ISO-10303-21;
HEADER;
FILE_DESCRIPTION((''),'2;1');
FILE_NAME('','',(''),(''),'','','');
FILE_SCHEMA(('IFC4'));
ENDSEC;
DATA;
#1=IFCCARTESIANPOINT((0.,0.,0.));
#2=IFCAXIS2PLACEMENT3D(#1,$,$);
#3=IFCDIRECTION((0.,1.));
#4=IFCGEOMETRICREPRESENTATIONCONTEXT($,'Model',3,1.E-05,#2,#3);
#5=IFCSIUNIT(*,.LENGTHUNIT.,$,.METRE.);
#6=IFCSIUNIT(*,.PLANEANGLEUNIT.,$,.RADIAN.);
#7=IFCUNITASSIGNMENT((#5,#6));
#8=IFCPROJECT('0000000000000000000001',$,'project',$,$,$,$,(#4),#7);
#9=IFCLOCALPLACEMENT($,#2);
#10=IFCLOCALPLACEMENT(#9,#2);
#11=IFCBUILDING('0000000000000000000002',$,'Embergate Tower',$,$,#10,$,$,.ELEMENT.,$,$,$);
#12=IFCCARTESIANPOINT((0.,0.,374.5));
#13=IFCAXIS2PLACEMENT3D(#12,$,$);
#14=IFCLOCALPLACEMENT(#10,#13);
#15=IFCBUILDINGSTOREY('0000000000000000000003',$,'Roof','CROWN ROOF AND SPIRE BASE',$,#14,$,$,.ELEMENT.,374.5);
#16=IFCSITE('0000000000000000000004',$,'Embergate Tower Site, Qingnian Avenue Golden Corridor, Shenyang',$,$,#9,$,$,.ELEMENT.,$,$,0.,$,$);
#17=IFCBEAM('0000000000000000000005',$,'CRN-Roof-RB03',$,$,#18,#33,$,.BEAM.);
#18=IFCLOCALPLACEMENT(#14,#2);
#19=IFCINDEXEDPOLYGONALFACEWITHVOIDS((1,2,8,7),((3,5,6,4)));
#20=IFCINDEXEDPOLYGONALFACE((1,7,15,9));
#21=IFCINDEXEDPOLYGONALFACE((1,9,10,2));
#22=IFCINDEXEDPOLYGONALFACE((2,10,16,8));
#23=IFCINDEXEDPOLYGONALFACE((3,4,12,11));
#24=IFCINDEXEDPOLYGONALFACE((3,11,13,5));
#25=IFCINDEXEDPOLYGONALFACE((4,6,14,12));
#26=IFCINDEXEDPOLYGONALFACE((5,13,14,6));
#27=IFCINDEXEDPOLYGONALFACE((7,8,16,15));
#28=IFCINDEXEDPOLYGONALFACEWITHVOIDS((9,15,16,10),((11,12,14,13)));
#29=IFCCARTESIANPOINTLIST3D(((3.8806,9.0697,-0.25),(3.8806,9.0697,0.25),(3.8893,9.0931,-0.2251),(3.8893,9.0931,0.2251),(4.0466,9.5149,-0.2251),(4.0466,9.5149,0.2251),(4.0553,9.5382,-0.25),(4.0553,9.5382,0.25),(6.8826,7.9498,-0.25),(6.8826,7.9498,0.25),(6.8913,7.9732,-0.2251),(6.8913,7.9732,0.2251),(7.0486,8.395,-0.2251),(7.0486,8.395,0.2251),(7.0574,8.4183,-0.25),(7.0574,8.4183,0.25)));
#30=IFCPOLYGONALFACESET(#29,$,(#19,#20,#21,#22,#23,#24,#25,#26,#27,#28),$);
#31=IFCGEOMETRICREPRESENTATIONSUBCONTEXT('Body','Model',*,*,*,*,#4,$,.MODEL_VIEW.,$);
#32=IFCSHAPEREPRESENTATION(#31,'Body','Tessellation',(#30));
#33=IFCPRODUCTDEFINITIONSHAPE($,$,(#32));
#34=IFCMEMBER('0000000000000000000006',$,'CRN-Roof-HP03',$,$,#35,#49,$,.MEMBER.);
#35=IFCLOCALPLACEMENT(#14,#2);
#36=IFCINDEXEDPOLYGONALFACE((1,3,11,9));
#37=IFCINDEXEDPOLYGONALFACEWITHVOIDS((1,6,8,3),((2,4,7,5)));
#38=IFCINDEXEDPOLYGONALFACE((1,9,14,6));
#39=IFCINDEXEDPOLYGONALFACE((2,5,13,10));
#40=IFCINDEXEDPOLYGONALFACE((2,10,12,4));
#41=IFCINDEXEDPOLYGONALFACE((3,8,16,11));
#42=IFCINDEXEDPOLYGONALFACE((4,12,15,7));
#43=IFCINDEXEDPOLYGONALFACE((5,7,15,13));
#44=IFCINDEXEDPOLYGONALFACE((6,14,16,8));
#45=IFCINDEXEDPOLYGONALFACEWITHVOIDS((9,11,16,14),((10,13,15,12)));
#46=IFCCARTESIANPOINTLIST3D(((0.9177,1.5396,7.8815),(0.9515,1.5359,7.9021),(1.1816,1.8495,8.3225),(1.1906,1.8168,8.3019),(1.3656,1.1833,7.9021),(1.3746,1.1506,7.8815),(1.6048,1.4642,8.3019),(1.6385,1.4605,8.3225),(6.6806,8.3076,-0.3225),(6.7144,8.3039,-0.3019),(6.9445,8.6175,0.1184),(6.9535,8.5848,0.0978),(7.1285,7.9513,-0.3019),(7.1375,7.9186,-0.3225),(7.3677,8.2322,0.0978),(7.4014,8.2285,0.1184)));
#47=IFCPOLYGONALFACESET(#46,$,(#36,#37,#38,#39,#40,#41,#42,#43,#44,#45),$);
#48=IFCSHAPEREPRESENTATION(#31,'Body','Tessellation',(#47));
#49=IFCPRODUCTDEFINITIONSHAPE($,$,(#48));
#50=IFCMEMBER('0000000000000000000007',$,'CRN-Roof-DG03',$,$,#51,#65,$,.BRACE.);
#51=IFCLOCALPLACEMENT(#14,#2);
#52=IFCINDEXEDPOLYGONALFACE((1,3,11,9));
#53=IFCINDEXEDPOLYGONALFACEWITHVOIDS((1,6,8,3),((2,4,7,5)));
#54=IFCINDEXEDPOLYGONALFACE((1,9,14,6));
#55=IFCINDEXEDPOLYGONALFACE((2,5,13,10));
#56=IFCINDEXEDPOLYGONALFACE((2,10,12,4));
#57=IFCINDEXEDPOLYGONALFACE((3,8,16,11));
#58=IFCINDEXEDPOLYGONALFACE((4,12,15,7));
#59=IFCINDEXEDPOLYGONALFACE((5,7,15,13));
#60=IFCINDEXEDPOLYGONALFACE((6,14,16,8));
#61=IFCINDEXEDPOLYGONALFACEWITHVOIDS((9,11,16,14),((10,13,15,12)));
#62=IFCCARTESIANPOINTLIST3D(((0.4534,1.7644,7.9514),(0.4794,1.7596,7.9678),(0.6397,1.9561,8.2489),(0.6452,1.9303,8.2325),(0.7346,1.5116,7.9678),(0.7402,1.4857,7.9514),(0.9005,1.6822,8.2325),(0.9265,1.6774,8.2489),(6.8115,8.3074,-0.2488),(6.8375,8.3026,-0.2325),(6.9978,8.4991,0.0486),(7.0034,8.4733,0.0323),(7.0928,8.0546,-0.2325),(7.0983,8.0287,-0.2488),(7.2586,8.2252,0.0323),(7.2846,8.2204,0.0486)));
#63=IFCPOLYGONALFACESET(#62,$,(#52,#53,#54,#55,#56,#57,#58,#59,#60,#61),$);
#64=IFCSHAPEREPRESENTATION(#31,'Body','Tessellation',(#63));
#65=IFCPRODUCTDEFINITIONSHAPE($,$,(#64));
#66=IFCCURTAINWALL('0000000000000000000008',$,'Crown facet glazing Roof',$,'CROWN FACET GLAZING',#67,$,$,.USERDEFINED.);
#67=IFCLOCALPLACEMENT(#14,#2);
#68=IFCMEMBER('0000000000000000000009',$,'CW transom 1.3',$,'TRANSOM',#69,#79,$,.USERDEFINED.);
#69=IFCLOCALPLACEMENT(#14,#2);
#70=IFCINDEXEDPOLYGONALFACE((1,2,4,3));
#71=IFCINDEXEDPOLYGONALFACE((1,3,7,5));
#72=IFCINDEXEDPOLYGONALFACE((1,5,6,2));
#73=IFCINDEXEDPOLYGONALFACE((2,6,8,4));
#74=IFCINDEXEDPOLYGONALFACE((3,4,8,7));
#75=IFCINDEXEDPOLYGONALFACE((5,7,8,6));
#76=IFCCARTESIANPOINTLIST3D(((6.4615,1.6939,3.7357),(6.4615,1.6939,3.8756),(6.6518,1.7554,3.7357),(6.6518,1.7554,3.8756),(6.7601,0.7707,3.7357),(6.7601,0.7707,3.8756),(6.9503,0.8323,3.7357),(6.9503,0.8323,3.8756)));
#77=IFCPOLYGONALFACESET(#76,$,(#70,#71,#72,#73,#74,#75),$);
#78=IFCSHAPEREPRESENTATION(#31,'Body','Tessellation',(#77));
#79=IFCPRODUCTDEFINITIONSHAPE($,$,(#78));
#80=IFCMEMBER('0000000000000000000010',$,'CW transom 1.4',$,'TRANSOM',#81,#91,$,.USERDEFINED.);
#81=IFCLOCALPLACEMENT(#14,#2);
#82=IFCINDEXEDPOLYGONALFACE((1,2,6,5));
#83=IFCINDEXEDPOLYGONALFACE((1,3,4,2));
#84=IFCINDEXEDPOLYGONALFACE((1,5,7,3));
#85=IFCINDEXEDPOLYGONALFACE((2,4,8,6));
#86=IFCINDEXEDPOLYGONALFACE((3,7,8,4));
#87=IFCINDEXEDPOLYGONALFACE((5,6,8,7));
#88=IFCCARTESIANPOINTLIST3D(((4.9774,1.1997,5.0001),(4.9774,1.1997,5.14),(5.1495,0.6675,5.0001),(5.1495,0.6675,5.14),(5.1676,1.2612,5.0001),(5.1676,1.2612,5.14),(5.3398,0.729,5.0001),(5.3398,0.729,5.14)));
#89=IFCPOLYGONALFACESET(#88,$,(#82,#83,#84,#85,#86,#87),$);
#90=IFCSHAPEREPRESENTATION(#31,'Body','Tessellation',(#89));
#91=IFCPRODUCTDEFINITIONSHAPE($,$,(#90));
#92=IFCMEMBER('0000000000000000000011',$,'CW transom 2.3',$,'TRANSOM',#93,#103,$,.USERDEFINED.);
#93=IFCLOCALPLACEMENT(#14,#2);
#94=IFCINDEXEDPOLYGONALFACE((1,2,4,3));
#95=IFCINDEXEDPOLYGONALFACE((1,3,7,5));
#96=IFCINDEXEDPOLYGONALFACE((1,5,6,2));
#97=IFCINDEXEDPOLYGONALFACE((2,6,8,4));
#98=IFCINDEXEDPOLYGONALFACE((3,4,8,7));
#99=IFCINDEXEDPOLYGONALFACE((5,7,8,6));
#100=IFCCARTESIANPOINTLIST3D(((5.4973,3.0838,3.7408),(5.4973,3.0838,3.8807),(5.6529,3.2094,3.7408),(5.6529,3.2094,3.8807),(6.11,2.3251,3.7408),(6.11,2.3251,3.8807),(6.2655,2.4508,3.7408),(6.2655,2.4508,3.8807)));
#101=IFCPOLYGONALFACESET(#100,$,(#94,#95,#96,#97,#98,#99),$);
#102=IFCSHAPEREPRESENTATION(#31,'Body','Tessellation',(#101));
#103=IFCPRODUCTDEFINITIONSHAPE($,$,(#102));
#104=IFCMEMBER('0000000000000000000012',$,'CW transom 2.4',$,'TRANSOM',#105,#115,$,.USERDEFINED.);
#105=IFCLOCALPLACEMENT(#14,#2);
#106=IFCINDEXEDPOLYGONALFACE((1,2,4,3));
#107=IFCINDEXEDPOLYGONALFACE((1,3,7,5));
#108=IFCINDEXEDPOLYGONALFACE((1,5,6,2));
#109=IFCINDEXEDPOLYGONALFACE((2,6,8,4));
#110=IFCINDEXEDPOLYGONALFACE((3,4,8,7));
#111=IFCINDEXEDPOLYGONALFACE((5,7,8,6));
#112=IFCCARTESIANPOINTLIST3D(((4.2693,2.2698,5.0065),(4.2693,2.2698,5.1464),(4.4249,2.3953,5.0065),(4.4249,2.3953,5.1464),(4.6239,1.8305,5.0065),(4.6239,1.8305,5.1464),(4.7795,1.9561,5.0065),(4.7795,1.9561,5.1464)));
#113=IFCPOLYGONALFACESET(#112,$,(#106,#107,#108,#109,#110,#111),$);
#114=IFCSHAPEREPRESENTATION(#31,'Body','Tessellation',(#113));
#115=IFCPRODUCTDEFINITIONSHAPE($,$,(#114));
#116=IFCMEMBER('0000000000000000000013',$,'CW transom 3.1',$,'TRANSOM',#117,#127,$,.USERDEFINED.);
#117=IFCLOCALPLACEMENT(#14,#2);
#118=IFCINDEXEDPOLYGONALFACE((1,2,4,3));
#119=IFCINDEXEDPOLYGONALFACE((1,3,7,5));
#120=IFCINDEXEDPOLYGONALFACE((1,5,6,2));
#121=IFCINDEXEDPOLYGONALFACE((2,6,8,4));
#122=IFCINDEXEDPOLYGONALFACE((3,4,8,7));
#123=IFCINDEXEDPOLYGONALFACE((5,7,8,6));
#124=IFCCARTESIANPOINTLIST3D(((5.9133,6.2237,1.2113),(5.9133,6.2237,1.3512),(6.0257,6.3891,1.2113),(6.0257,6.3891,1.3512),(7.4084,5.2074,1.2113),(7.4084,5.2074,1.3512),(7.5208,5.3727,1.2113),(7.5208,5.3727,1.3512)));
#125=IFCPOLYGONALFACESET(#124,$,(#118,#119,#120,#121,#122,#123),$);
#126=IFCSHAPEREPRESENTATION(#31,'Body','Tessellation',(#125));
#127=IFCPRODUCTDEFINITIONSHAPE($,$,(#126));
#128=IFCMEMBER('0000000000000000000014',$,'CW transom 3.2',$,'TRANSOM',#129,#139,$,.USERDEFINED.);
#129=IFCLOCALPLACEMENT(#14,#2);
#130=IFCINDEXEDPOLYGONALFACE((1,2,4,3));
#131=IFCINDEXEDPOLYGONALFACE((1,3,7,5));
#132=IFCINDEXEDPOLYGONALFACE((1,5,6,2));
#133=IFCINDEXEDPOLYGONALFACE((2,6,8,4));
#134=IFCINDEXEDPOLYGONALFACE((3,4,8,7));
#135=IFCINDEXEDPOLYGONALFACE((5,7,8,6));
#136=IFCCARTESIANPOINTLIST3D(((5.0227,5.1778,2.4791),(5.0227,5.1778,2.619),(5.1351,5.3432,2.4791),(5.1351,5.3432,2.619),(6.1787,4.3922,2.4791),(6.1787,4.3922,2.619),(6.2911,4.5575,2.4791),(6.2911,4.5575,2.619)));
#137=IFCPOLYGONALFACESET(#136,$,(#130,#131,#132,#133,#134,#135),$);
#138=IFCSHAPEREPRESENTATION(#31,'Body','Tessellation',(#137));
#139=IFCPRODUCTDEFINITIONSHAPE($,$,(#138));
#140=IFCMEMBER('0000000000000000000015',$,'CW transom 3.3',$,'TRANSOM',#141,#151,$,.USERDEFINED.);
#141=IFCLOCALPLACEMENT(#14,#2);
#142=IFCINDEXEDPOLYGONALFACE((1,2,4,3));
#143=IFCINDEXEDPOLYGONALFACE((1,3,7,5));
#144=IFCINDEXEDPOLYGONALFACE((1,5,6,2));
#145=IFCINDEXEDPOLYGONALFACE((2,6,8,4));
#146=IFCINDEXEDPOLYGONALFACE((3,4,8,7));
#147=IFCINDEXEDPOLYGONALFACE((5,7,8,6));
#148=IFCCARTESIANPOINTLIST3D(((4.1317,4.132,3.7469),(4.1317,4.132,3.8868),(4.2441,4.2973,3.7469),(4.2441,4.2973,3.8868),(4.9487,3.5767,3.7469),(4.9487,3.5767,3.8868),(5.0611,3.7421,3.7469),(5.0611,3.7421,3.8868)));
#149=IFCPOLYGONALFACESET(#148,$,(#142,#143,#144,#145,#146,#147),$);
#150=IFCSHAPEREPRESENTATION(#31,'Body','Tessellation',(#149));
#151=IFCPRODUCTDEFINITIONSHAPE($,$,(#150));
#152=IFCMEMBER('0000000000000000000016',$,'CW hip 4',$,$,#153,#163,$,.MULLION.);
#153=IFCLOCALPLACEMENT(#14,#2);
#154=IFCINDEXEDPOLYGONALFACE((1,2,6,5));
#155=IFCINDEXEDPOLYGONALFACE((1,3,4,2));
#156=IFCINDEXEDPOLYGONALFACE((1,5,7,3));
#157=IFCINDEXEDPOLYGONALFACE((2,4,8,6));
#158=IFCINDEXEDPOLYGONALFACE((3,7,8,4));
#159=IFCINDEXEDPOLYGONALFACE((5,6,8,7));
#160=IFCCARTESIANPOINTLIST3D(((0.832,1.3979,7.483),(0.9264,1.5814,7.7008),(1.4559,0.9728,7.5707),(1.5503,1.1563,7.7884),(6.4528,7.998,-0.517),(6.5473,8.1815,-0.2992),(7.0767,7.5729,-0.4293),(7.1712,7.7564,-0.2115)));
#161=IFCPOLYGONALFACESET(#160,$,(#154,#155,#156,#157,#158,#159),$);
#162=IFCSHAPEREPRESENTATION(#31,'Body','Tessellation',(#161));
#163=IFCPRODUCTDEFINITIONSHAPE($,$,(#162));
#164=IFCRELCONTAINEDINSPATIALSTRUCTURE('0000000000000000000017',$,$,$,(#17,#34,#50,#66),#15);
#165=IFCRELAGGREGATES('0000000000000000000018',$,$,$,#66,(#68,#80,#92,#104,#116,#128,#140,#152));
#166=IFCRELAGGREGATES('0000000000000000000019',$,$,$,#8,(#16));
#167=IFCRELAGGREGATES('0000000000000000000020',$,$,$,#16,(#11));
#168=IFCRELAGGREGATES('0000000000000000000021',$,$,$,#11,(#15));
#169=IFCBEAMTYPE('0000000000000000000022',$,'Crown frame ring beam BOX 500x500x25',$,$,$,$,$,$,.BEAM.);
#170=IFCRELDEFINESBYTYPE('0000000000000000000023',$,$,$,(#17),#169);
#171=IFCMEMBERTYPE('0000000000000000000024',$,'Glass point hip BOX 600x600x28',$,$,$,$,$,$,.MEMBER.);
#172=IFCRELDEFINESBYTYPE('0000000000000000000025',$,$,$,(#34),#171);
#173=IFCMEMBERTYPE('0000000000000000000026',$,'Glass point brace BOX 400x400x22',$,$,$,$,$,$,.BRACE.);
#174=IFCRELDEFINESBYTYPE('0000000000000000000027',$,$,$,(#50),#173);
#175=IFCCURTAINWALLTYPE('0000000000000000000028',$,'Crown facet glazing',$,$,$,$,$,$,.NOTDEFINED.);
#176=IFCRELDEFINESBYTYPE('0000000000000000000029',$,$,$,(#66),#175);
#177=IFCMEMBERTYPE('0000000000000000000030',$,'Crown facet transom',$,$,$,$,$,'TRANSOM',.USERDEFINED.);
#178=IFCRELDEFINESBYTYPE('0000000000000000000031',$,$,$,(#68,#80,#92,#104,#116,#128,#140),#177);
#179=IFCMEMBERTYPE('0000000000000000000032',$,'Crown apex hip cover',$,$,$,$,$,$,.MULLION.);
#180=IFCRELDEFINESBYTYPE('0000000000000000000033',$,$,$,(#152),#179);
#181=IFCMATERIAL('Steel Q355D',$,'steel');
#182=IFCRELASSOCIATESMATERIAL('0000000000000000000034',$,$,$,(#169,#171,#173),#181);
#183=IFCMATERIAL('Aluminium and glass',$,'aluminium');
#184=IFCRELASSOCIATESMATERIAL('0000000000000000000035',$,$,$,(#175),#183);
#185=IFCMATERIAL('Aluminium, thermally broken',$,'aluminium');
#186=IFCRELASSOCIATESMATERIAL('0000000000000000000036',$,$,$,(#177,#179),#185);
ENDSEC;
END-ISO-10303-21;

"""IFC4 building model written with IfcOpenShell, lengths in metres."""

from ifc_helpers import new_model, si_unit, direction, frame, origin, origin_2d, place, context, subcontext, project, spatial, rectangle, hollow_rectangle, extrude, source, transform, mapped, material, material_profile, profile_set, type_object, element, aggregate, save


model = new_model("IFC4")

# Units and contexts
model_context = context("Model", 3, precision=1e-05, world=origin(), true_north=direction((0.0, 1.0)))
body_context = subcontext(model_context, "Body", "Model", "MODEL_VIEW")
ifc_project = project(units=[si_unit("LENGTHUNIT", "METRE"), si_unit("PLANEANGLEUNIT", "RADIAN")], contexts=[model_context])

# Site, building, storey
site_placement = place(None, origin())
site = spatial("IfcSite", under=ifc_project, at=site_placement, Name="Embergate Tower Site, Qingnian Avenue Golden Corridor, Shenyang", CompositionType="ELEMENT", RefElevation=0.0)
building_placement = place(site_placement, origin())
building = spatial("IfcBuilding", under=site, at=building_placement, Name="Embergate Tower", CompositionType="ELEMENT")
storey_placement = place(building_placement, frame((0.0, 0.0, 374.5)))
storey = spatial("IfcBuildingStorey", under=building, at=storey_placement, Name="Roof", Description="CROWN ROOF AND SPIRE BASE", CompositionType="ELEMENT", Elevation=374.5)

# Beam
ifc_material_1 = material(Name="Steel Q355D", Category="steel")
ifc_material_profile_1 = material_profile(ifc_material_1, hollow_rectangle(XDim=0.5, YDim=0.5, WallThickness=0.0249, at=origin_2d()), Name="BOX 500x500x25")
ifc_profile_set_1 = profile_set([ifc_material_profile_1], Name="Steel Q355 grade D")
beam_type = type_object("IfcBeamType", Name="Crown frame ring beam BOX 500x500x25", PredefinedType="BEAM", material=ifc_profile_set_1)
shared_shape_1 = source(origin(), body_context, "Body", "SweptSolid", [
    extrude(hollow_rectangle(XDim=0.5, YDim=0.5, WallThickness=0.0249, at=origin_2d()), origin(), (0.0, 0.0, 1.0), 3.2041),
])
beam_placement = place(storey_placement, frame((6.97, 8.1841, 0.0), z_axis=(-0.936929, 0.34952, 0.0), x_axis=(-0.34952, -0.936929, 0.0)))
element("IfcBeam", 1, at=beam_placement, inside=storey, type_object=beam_type, Name="CRN-Roof-RB03", PredefinedType="BEAM", context=body_context, shape_type="MappedRepresentation", body=[
    mapped(shared_shape_1, transform((0.0, 0.0, 0.0))),
])

# Members
ifc_material_profile_2 = material_profile(ifc_material_1, hollow_rectangle(XDim=0.6001, YDim=0.6001, WallThickness=0.0281, at=origin_2d()), Name="BOX 600x600x28")
ifc_profile_set_2 = profile_set([ifc_material_profile_2], Name="Steel Q355 grade D")
member_type_1 = type_object("IfcMemberType", Name="Glass point hip BOX 600x600x28", PredefinedType="MEMBER", material=ifc_profile_set_2)
shared_shape_2 = source(origin(), body_context, "Body", "SweptSolid", [
    extrude(hollow_rectangle(XDim=0.6001, YDim=0.6001, WallThickness=0.0281, at=origin_2d()), origin(), (0.0, 0.0, 1.0), 12.0964),
])
member_1_placement = place(storey_placement, frame((7.041, 8.2681, -0.1021), z_axis=(-0.476414, -0.559506, 0.678221), x_axis=(0.761379, -0.648307, 0.0)))
element("IfcMember", 2, at=member_1_placement, inside=storey, type_object=member_type_1, Name="CRN-Roof-HP03", PredefinedType="MEMBER", context=body_context, shape_type="MappedRepresentation", body=[
    mapped(shared_shape_2, transform((0.0, 0.0, 0.0))),
])
ifc_material_profile_3 = material_profile(ifc_material_1, hollow_rectangle(XDim=0.3999, YDim=0.3999, WallThickness=0.022, at=origin_2d()), Name="BOX 400x400x22")
ifc_profile_set_3 = profile_set([ifc_material_profile_3], Name="Steel Q355 grade D")
member_type_2 = type_object("IfcMemberType", Name="Glass point brace BOX 400x400x22", PredefinedType="BRACE", material=ifc_profile_set_3)
shared_shape_3 = source(origin(), body_context, "Body", "SweptSolid", [
    extrude(hollow_rectangle(XDim=0.3999, YDim=0.3999, WallThickness=0.022, at=origin_2d()), origin(), (0.0, 0.0, 1.0), 12.2671),
])
member_2_placement = place(storey_placement, frame((7.0481, 8.2639, -0.1001), z_axis=(-0.518313, -0.533379, 0.668475), x_axis=(0.717163, -0.696906, 0.0)))
element("IfcMember", 3, at=member_2_placement, inside=storey, type_object=member_type_2, Name="CRN-Roof-DG03", PredefinedType="BRACE", context=body_context, shape_type="MappedRepresentation", body=[
    mapped(shared_shape_3, transform((0.0, 0.0, 0.0))),
])

# Curtain wall, members
ifc_material_2 = material(Name="Aluminium and glass", Category="aluminium")
curtain_wall_type = type_object("IfcCurtainWallType", Name="Crown facet glazing", PredefinedType="NOTDEFINED", material=ifc_material_2)
curtain_wall_placement = place(storey_placement, origin())
curtain_wall = element("IfcCurtainWall", 4, at=curtain_wall_placement, inside=storey, type_object=curtain_wall_type, Name="Crown facet glazing Roof", ObjectType="CROWN FACET GLAZING", PredefinedType="USERDEFINED")
ifc_material_3 = material(Name="Aluminium, thermally broken", Category="aluminium")
ifc_material_profile_4 = material_profile(ifc_material_3, rectangle(XDim=0.2, YDim=0.1399, at=origin_2d()), Name="AL 140x200")
ifc_profile_set_4 = profile_set([ifc_material_profile_4], Name="Aluminium, thermally broken")
member_type_3 = type_object("IfcMemberType", Name="Crown facet transom", ElementType="TRANSOM", PredefinedType="USERDEFINED", material=ifc_profile_set_4)
shared_shape_4 = source(origin(), body_context, "Body", "SweptSolid", [
    extrude(rectangle(XDim=0.2, YDim=0.1399, at=origin_2d()), origin(), (0.0, 0.0, 1.0), 0.9702),
])
member_3_placement = place(storey_placement, frame((6.8552, 0.8015, 3.8057), z_axis=(-0.30776, 0.951464, 0.0), x_axis=(-0.951464, -0.30776, 0.0)))
member_3 = element("IfcMember", 5, at=member_3_placement, type_object=member_type_3, Name="CW transom 1.3", ObjectType="TRANSOM", PredefinedType="USERDEFINED", context=body_context, shape_type="MappedRepresentation", body=[
    mapped(shared_shape_4, transform((0.0, 0.0, 0.0))),
])
shared_shape_5 = source(origin(), body_context, "Body", "SweptSolid", [
    extrude(rectangle(XDim=0.2, YDim=0.1399, at=origin_2d()), origin(), (0.0, 0.0, 1.0), 0.5593),
])
member_4_placement = place(storey_placement, frame((5.2446, 0.6982, 5.0701), z_axis=(-0.307704, 0.951482, 0.0), x_axis=(-0.951482, -0.307704, 0.0)))
member_4 = element("IfcMember", 6, at=member_4_placement, type_object=member_type_3, Name="CW transom 1.4", ObjectType="TRANSOM", PredefinedType="USERDEFINED", context=body_context, shape_type="MappedRepresentation", body=[
    mapped(shared_shape_5, transform((0.0, 0.0, 0.0))),
])
shared_shape_6 = source(origin(), body_context, "Body", "SweptSolid", [
    extrude(rectangle(XDim=0.2, YDim=0.1399, at=origin_2d()), origin(), (0.0, 0.0, 1.0), 0.9751),
])
member_5_placement = place(storey_placement, frame((6.1877, 2.3879, 3.8108), z_axis=(-0.628261, 0.778002, 0.0), x_axis=(-0.778002, -0.628261, 0.0)))
member_5 = element("IfcMember", 7, at=member_5_placement, type_object=member_type_3, Name="CW transom 2.3", ObjectType="TRANSOM", PredefinedType="USERDEFINED", context=body_context, shape_type="MappedRepresentation", body=[
    mapped(shared_shape_6, transform((0.0, 0.0, 0.0))),
])
shared_shape_7 = source(origin(), body_context, "Body", "SweptSolid", [
    extrude(rectangle(XDim=0.2, YDim=0.1399, at=origin_2d()), origin(), (0.0, 0.0, 1.0), 0.5645),
])
member_6_placement = place(storey_placement, frame((4.7017, 1.8933, 5.0764), z_axis=(-0.628065, 0.778161, 0.0), x_axis=(-0.778161, -0.628065, 0.0)))
member_6 = element("IfcMember", 8, at=member_6_placement, type_object=member_type_3, Name="CW transom 2.4", ObjectType="TRANSOM", PredefinedType="USERDEFINED", context=body_context, shape_type="MappedRepresentation", body=[
    mapped(shared_shape_7, transform((0.0, 0.0, 0.0))),
])
shared_shape_8 = source(origin(), body_context, "Body", "SweptSolid", [
    extrude(rectangle(XDim=0.2, YDim=0.1399, at=origin_2d()), origin(), (0.0, 0.0, 1.0), 1.8079),
])
member_7_placement = place(storey_placement, frame((7.4646, 5.29, 1.2812), z_axis=(-0.827009, 0.562188, 0.0), x_axis=(-0.562188, -0.827009, 0.0)))
member_7 = element("IfcMember", 9, at=member_7_placement, type_object=member_type_3, Name="CW transom 3.1", ObjectType="TRANSOM", PredefinedType="USERDEFINED", context=body_context, shape_type="MappedRepresentation", body=[
    mapped(shared_shape_8, transform((0.0, 0.0, 0.0))),
])
shared_shape_9 = source(origin(), body_context, "Body", "SweptSolid", [
    extrude(rectangle(XDim=0.2, YDim=0.1399, at=origin_2d()), origin(), (0.0, 0.0, 1.0), 1.3977),
])
member_8_placement = place(storey_placement, frame((6.2349, 4.4749, 2.5491), z_axis=(-0.827073, 0.562095, 0.0), x_axis=(-0.562095, -0.827073, 0.0)))
member_8 = element("IfcMember", 10, at=member_8_placement, type_object=member_type_3, Name="CW transom 3.2", ObjectType="TRANSOM", PredefinedType="USERDEFINED", context=body_context, shape_type="MappedRepresentation", body=[
    mapped(shared_shape_9, transform((0.0, 0.0, 0.0))),
])
shared_shape_10 = source(origin(), body_context, "Body", "SweptSolid", [
    extrude(rectangle(XDim=0.2, YDim=0.1399, at=origin_2d()), origin(), (0.0, 0.0, 1.0), 0.9878),
])
member_9_placement = place(storey_placement, frame((5.0049, 3.6594, 3.8169), z_axis=(-0.827074, 0.562094, 0.0), x_axis=(-0.562094, -0.827074, 0.0)))
member_9 = element("IfcMember", 11, at=member_9_placement, type_object=member_type_3, Name="CW transom 3.3", ObjectType="TRANSOM", PredefinedType="USERDEFINED", context=body_context, shape_type="MappedRepresentation", body=[
    mapped(shared_shape_10, transform((0.0, 0.0, 0.0))),
])
ifc_material_profile_5 = material_profile(ifc_material_3, rectangle(XDim=0.3, YDim=0.76, at=origin_2d()), Name="AL 760x300")
ifc_profile_set_5 = profile_set([ifc_material_profile_5], Name="Aluminium, thermally broken")
member_type_4 = type_object("IfcMemberType", Name="Crown apex hip cover", PredefinedType="MULLION", material=ifc_profile_set_5)
shared_shape_11 = source(origin(), body_context, "Body", "SweptSolid", [
    extrude(rectangle(XDim=0.3, YDim=0.76, at=origin_2d()), origin(), (0.0, 0.0, 1.0), 11.7964),
])
member_10_placement = place(storey_placement, frame((6.812, 7.8772, -0.3643), z_axis=(-0.476488, -0.559501, 0.678173), x_axis=(0.314762, 0.611676, 0.725794)))
member_10 = element("IfcMember", 12, at=member_10_placement, type_object=member_type_4, Name="CW hip 4", PredefinedType="MULLION", context=body_context, shape_type="MappedRepresentation", body=[
    mapped(shared_shape_11, transform((0.0, 0.0, 0.0))),
])
aggregate(curtain_wall, [member_3, member_4, member_5, member_6, member_7, member_8, member_9, member_10])

save(model, "model.ifc")
